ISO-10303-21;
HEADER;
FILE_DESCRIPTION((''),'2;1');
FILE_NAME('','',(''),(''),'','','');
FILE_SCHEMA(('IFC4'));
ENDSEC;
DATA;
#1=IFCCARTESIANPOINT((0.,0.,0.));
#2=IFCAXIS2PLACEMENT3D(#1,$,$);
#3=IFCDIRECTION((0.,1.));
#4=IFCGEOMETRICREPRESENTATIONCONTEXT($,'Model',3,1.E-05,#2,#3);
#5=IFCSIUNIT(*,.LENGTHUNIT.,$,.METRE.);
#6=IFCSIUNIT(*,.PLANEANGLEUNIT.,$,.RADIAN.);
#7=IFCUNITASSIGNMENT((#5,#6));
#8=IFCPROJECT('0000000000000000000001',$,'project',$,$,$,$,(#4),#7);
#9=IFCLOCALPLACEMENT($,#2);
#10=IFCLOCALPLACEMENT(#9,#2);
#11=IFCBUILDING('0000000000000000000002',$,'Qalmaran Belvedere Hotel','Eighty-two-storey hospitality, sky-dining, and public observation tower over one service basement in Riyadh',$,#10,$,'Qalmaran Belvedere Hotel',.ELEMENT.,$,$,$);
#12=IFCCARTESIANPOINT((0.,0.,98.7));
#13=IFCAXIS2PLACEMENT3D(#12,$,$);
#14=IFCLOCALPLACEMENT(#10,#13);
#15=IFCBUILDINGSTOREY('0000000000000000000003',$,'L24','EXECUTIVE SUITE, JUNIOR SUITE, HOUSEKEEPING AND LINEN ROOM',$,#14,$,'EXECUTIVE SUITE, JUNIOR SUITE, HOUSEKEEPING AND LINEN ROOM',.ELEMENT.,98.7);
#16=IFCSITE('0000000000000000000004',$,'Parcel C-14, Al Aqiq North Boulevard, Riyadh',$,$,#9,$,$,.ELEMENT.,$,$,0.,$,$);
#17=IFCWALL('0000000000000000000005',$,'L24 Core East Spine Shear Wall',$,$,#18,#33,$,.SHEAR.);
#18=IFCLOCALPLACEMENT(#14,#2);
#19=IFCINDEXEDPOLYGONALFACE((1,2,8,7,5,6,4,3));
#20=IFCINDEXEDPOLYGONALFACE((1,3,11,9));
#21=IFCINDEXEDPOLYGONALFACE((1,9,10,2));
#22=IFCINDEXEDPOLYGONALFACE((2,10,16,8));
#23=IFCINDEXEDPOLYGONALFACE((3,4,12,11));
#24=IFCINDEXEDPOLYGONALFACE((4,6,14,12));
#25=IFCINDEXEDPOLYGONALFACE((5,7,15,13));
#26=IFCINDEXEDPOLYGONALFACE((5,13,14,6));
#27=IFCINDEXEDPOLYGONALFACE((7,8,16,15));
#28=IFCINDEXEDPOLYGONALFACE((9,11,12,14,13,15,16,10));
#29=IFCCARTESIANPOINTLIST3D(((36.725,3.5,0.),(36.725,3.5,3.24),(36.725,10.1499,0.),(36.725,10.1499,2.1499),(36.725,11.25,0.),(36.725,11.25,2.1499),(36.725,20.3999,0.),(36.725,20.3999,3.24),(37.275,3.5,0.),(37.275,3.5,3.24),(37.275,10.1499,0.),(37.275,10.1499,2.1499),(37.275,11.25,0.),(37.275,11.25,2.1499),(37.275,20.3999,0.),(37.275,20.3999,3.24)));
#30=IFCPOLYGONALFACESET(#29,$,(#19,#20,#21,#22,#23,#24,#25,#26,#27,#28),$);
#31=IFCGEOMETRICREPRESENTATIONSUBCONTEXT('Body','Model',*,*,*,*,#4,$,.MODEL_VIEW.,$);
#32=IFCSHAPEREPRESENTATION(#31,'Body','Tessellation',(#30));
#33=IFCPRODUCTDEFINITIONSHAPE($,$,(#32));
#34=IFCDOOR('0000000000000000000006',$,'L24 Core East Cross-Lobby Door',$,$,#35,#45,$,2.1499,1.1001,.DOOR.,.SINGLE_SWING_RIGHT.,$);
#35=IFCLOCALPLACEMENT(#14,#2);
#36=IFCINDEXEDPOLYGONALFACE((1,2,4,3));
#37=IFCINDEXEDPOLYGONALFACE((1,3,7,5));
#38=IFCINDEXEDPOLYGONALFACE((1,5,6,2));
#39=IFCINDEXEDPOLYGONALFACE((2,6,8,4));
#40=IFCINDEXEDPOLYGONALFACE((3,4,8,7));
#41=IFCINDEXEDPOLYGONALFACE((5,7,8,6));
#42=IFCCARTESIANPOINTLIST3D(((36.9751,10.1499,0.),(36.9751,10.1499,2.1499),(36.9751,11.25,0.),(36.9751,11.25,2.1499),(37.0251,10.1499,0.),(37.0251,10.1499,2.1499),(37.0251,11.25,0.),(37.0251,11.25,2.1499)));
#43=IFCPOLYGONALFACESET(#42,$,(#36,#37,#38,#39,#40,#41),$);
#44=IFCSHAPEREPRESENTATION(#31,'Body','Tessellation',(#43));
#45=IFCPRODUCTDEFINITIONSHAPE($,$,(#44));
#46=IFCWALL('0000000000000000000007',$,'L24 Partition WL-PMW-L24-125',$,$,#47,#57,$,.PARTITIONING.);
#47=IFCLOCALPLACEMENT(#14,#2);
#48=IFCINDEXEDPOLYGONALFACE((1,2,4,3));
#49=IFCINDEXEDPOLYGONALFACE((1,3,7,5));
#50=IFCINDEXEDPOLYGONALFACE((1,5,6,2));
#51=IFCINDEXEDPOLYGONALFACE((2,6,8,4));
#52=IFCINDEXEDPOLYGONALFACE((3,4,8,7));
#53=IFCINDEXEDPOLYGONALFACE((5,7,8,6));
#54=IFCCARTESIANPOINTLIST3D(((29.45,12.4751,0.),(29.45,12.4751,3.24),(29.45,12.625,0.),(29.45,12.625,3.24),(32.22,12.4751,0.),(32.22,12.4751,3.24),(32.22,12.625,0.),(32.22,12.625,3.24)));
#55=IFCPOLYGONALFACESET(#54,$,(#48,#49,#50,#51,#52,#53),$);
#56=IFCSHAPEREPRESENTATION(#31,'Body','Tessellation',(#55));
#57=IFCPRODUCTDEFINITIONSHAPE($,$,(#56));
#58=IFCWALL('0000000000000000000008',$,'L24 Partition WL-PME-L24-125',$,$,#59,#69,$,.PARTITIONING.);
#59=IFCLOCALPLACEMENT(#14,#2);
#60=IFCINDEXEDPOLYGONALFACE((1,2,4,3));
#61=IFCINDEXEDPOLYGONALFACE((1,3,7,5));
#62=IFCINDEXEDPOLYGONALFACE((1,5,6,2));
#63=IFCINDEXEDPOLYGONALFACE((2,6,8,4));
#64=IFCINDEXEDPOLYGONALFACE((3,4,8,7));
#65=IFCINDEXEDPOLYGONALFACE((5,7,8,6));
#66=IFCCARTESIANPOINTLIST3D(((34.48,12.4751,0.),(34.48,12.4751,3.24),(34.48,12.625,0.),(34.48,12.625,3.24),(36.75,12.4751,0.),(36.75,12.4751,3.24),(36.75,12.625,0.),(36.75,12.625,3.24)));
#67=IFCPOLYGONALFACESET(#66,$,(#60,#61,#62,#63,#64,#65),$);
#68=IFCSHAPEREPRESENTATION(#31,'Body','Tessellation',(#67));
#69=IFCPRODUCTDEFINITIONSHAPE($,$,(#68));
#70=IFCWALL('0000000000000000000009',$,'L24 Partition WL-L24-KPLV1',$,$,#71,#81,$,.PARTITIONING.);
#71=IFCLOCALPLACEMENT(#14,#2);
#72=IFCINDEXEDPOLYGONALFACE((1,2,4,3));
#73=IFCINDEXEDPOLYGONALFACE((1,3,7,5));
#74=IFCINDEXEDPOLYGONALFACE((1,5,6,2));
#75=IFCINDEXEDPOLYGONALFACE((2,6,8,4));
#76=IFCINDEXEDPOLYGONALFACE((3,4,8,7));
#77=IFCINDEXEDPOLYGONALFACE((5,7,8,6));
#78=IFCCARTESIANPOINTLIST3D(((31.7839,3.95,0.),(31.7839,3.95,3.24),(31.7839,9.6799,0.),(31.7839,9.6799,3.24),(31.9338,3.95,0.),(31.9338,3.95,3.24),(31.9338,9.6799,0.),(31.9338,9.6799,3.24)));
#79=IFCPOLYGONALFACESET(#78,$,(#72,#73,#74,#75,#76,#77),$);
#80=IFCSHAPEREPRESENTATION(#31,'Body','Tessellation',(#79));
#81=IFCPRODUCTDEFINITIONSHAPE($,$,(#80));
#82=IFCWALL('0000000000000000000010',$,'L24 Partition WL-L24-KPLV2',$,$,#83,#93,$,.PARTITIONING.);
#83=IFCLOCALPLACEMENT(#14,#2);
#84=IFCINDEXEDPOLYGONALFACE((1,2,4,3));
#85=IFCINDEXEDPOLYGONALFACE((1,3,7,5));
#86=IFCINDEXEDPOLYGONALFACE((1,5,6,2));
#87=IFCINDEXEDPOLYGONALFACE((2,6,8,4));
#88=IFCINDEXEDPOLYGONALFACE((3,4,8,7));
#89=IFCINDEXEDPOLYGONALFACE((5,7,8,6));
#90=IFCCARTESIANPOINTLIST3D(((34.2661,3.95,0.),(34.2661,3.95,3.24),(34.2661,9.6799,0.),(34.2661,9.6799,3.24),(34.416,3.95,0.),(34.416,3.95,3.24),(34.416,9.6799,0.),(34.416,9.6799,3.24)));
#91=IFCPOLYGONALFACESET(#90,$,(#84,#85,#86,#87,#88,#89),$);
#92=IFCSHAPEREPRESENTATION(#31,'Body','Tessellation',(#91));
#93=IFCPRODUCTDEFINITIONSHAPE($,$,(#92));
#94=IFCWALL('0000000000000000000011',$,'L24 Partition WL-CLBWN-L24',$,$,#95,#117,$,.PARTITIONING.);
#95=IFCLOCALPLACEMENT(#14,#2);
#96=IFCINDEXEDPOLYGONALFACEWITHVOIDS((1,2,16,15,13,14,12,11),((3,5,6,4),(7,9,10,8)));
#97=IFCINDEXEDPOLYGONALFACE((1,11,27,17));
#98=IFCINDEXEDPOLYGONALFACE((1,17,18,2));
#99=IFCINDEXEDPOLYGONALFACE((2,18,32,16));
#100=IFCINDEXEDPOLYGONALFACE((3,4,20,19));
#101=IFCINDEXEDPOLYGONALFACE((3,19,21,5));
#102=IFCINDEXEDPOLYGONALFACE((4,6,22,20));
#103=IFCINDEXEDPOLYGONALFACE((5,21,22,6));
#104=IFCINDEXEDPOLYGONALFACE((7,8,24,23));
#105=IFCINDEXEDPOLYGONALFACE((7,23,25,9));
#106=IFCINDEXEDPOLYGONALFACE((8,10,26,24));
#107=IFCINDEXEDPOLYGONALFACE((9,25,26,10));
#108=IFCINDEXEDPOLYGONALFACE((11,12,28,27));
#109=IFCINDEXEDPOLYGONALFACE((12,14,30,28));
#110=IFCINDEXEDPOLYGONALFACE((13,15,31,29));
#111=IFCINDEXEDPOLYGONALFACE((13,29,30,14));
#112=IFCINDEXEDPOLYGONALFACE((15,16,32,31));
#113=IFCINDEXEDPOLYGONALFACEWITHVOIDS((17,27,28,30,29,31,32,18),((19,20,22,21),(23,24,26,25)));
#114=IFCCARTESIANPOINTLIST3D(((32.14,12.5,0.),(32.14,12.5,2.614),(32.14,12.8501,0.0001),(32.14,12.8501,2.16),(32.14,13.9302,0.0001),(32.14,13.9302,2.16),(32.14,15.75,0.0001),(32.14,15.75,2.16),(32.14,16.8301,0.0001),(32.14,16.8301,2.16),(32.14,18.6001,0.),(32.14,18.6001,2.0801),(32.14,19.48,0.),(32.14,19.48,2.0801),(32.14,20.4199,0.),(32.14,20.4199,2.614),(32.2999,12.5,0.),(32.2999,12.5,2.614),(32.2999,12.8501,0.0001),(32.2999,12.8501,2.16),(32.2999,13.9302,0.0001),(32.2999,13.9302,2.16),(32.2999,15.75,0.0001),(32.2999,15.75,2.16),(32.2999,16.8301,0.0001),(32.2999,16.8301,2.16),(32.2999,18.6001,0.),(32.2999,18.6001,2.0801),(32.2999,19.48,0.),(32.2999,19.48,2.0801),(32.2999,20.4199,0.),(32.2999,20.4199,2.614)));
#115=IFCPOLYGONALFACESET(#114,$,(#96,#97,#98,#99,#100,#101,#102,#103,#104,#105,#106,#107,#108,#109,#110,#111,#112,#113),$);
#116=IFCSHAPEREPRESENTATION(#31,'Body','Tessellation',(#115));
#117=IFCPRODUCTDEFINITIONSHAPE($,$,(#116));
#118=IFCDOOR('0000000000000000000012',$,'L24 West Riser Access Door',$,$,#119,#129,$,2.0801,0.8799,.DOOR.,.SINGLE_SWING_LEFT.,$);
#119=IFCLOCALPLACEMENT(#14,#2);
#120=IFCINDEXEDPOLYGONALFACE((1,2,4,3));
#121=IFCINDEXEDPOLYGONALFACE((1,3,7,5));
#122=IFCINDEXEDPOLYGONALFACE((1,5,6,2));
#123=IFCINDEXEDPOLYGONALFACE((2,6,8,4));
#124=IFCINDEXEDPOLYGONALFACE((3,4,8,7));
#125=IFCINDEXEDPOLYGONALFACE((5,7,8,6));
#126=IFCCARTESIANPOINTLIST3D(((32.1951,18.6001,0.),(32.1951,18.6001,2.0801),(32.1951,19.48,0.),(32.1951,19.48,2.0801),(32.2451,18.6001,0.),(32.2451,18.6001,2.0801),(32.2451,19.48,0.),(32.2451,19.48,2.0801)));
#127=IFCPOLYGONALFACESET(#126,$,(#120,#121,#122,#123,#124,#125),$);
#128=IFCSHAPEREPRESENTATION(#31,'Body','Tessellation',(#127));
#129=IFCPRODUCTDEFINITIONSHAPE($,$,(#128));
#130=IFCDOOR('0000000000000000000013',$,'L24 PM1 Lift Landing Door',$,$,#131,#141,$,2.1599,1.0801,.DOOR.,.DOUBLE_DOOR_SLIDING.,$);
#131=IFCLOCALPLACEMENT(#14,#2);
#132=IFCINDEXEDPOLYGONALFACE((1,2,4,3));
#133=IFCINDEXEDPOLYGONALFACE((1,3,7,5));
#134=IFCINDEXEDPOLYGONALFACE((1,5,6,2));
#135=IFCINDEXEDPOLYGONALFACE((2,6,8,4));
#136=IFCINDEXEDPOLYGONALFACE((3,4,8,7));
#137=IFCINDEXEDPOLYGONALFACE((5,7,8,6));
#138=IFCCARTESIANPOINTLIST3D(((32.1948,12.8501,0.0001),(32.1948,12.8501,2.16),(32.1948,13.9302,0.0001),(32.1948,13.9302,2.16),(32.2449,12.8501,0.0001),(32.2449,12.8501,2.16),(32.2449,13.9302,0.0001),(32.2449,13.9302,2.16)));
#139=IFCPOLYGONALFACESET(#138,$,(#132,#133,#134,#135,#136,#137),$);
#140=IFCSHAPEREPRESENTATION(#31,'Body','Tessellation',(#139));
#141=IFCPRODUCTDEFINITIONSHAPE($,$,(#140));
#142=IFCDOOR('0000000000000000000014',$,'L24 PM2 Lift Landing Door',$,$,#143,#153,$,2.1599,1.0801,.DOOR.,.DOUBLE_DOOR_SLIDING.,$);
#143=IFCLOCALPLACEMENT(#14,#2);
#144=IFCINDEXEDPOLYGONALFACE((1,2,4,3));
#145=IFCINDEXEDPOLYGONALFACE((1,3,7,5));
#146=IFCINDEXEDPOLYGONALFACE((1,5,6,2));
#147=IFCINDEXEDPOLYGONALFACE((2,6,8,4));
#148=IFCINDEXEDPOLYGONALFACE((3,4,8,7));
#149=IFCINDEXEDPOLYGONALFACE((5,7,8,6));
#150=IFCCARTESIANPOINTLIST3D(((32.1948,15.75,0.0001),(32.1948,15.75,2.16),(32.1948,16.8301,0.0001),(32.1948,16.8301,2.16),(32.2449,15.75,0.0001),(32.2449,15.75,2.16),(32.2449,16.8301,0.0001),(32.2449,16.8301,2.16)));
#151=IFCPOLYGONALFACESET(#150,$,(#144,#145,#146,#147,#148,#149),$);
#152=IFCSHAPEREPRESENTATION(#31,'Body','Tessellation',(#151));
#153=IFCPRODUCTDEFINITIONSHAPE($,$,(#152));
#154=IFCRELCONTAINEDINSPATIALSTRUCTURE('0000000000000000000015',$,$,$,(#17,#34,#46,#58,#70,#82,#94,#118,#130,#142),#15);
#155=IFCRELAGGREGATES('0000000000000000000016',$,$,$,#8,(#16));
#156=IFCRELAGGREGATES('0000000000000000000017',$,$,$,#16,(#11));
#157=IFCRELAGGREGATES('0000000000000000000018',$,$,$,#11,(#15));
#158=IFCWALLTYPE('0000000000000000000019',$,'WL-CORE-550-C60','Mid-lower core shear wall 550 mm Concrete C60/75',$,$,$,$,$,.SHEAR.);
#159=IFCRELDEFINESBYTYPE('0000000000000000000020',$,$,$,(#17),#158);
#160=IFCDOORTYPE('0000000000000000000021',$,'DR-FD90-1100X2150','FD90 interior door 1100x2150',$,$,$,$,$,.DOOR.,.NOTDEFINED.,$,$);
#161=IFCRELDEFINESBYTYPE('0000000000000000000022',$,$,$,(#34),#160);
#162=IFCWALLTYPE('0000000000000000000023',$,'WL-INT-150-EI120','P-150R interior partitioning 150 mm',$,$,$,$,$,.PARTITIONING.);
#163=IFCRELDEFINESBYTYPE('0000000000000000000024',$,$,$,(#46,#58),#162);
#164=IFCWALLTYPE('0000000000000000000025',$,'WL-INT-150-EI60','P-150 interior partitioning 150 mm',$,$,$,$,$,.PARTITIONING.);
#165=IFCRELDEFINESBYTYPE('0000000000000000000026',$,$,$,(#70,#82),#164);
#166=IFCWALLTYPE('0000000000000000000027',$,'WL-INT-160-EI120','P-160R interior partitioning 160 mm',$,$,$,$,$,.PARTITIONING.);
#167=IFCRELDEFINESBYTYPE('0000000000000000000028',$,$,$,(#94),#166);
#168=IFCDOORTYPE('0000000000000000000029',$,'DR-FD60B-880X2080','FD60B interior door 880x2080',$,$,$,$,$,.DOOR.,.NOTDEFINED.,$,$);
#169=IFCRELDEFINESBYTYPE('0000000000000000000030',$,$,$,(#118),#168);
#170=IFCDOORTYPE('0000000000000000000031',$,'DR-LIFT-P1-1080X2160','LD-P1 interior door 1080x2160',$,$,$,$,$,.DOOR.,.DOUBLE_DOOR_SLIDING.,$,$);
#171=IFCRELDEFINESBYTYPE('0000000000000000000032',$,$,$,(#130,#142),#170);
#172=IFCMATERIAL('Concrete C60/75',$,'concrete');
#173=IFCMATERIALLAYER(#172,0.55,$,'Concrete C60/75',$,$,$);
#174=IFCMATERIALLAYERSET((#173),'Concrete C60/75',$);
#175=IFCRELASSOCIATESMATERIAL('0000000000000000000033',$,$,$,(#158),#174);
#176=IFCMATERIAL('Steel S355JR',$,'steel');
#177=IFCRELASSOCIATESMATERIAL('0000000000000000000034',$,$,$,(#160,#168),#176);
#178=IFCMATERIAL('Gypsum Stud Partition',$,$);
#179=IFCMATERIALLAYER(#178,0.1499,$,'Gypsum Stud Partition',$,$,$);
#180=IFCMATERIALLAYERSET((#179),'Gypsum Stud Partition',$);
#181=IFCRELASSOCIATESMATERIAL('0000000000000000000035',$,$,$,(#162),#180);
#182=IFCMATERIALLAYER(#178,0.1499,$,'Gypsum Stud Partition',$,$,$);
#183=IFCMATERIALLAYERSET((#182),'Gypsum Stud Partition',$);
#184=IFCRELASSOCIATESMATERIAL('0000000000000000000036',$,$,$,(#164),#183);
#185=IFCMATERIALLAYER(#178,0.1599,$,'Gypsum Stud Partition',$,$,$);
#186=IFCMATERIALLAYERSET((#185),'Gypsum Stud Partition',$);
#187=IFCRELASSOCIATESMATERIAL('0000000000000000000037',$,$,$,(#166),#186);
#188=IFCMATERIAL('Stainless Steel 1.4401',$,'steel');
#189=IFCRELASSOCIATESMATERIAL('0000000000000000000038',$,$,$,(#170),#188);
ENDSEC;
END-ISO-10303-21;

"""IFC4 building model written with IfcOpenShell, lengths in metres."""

from ifc_helpers import new_model, si_unit, direction, frame, frame_2d, origin, place, context, subcontext, project, spatial, rectangle, extrude, material, layer, layer_set, type_object, element, fill, save


model = new_model("IFC4")

# Units and contexts
model_context = context("Model", 3, precision=1e-05, world=origin(), true_north=direction((0.0, 1.0)))
body_context = subcontext(model_context, "Body", "Model", "MODEL_VIEW")
ifc_project = project(units=[si_unit("LENGTHUNIT", "METRE"), si_unit("PLANEANGLEUNIT", "RADIAN")], contexts=[model_context])

# Site, building, storey
site_placement = place(None, origin())
site = spatial("IfcSite", under=ifc_project, at=site_placement, Name="Parcel C-14, Al Aqiq North Boulevard, Riyadh", CompositionType="ELEMENT", RefElevation=0.0)
building_placement = place(site_placement, origin())
building = spatial("IfcBuilding", under=site, at=building_placement, Name="Qalmaran Belvedere Hotel", Description="Eighty-two-storey hospitality, sky-dining, and public observation tower over one service basement in Riyadh", LongName="Qalmaran Belvedere Hotel", CompositionType="ELEMENT")
storey_placement = place(building_placement, frame((0.0, 0.0, 98.7)))
storey = spatial("IfcBuildingStorey", under=building, at=storey_placement, Name="L24", Description="EXECUTIVE SUITE, JUNIOR SUITE, HOUSEKEEPING AND LINEN ROOM", LongName="EXECUTIVE SUITE, JUNIOR SUITE, HOUSEKEEPING AND LINEN ROOM", CompositionType="ELEMENT", Elevation=98.7)

# Wall, opening, door
ifc_material_1 = material(Name="Concrete C60/75", Category="concrete")
ifc_layer_1 = layer(ifc_material_1, 0.55, Name="Concrete C60/75")
ifc_layer_set_1 = layer_set([ifc_layer_1], Name="Concrete C60/75")
wall_type_1 = type_object("IfcWallType", Name="WL-CORE-550-C60", Description="Mid-lower core shear wall 550 mm Concrete C60/75", PredefinedType="SHEAR", material=ifc_layer_set_1)
wall_1_placement = place(storey_placement, frame((37.0, 3.5, 0.0), z_axis=(0.0, 0.0, 1.0), x_axis=(0.0, 1.0, 0.0)))
wall_1 = element("IfcWall", 1, at=wall_1_placement, inside=storey, type_object=wall_type_1, Name="L24 Core East Spine Shear Wall", PredefinedType="SHEAR", context=body_context, shape_type="SweptSolid", body=[
    extrude(rectangle(XDim=16.8999, YDim=0.55, at=frame_2d((8.45, 0.0))), origin(), (0.0, 0.0, 1.0), 3.24),
])
opening_1_placement = place(wall_1_placement, frame((6.6499, 0.0, 0.0)))
opening_1 = element("IfcOpeningElement", 2, at=opening_1_placement, cuts=wall_1, PredefinedType="OPENING", context=body_context, shape_type="SweptSolid", body=[
    extrude(rectangle(XDim=1.1001, YDim=2.1499, at=frame_2d((0.55, 1.075))), frame((0.0, 0.2852, 0.0), z_axis=(0.0, -1.0, 0.0), x_axis=(1.0, 0.0, 0.0)), (0.0, 0.0, 1.0), 0.5701),
])
ifc_material_2 = material(Name="Steel S355JR", Category="steel")
door_type_1 = type_object("IfcDoorType", Name="DR-FD90-1100X2150", Description="FD90 interior door 1100x2150", OperationType="NOTDEFINED", PredefinedType="DOOR", material=ifc_material_2)
door_1_placement = place(opening_1_placement, origin())
door_1 = element("IfcDoor", 3, at=door_1_placement, inside=storey, type_object=door_type_1, Name="L24 Core East Cross-Lobby Door", OperationType="SINGLE_SWING_RIGHT", OverallHeight=2.1499, OverallWidth=1.1001, PredefinedType="DOOR", context=body_context, shape_type="SweptSolid", body=[
    extrude(rectangle(XDim=1.1001, YDim=2.1499, at=frame_2d((0.55, 1.075))), frame((0.0, 0.0249, 0.0), z_axis=(0.0, -1.0, 0.0), x_axis=(1.0, 0.0, 0.0)), (0.0, 0.0, 1.0), 0.05),
])
fill(opening_1, door_1)

# Walls
ifc_material_3 = material(Name="Gypsum Stud Partition")
ifc_layer_2 = layer(ifc_material_3, 0.1499, Name="Gypsum Stud Partition")
ifc_layer_set_2 = layer_set([ifc_layer_2], Name="Gypsum Stud Partition")
wall_type_2 = type_object("IfcWallType", Name="WL-INT-150-EI120", Description="P-150R interior partitioning 150 mm", PredefinedType="PARTITIONING", material=ifc_layer_set_2)
wall_2_placement = place(storey_placement, frame((29.45, 12.55, 0.0), z_axis=(0.0, 0.0, 1.0), x_axis=(1.0, 0.0, 0.0)))
element("IfcWall", 4, at=wall_2_placement, inside=storey, type_object=wall_type_2, Name="L24 Partition WL-PMW-L24-125", PredefinedType="PARTITIONING", context=body_context, shape_type="SweptSolid", body=[
    extrude(rectangle(XDim=2.77, YDim=0.1499, at=frame_2d((1.385, 0.0))), origin(), (0.0, 0.0, 1.0), 3.24),
])
wall_3_placement = place(storey_placement, frame((34.48, 12.55, 0.0), z_axis=(0.0, 0.0, 1.0), x_axis=(1.0, 0.0, 0.0)))
element("IfcWall", 5, at=wall_3_placement, inside=storey, type_object=wall_type_2, Name="L24 Partition WL-PME-L24-125", PredefinedType="PARTITIONING", context=body_context, shape_type="SweptSolid", body=[
    extrude(rectangle(XDim=2.27, YDim=0.1499, at=frame_2d((1.135, 0.0))), origin(), (0.0, 0.0, 1.0), 3.24),
])
ifc_layer_3 = layer(ifc_material_3, 0.1499, Name="Gypsum Stud Partition")
ifc_layer_set_3 = layer_set([ifc_layer_3], Name="Gypsum Stud Partition")
wall_type_3 = type_object("IfcWallType", Name="WL-INT-150-EI60", Description="P-150 interior partitioning 150 mm", PredefinedType="PARTITIONING", material=ifc_layer_set_3)
for number, where, z_axis, x_axis, name in (
    (6, (31.8589, 3.95, 0.0), (0.0, 0.0, 1.0), (0.0, 1.0, 0.0), "L24 Partition WL-L24-KPLV1"),
    (7, (34.3411, 3.95, 0.0), (0.0, 0.0, 1.0), (0.0, 1.0, 0.0), "L24 Partition WL-L24-KPLV2"),
):
    element("IfcWall", number, at=place(storey_placement, frame(where, z_axis=z_axis, x_axis=x_axis)), inside=storey, type_object=wall_type_3, Name=name, PredefinedType="PARTITIONING", context=body_context, shape_type="SweptSolid", body=[
        extrude(rectangle(XDim=5.73, YDim=0.1499, at=frame_2d((2.865, 0.0))), origin(), (0.0, 0.0, 1.0), 3.24),
    ])

# Wall, openings, doors
ifc_layer_4 = layer(ifc_material_3, 0.1599, Name="Gypsum Stud Partition")
ifc_layer_set_4 = layer_set([ifc_layer_4], Name="Gypsum Stud Partition")
wall_type_4 = type_object("IfcWallType", Name="WL-INT-160-EI120", Description="P-160R interior partitioning 160 mm", PredefinedType="PARTITIONING", material=ifc_layer_set_4)
wall_4_placement = place(storey_placement, frame((32.22, 12.5, 0.0), z_axis=(0.0, 0.0, 1.0), x_axis=(0.0, 1.0, 0.0)))
wall_4 = element("IfcWall", 8, at=wall_4_placement, inside=storey, type_object=wall_type_4, Name="L24 Partition WL-CLBWN-L24", PredefinedType="PARTITIONING", context=body_context, shape_type="SweptSolid", body=[
    extrude(rectangle(XDim=7.9199, YDim=0.1599, at=frame_2d((3.96, 0.0))), origin(), (0.0, 0.0, 1.0), 2.614),
])
opening_2_placement = place(wall_4_placement, frame((1.4302, 0.0, 0.0), z_axis=(0.0, 0.0, 1.0), x_axis=(-1.0, 0.0, 0.0)))
opening_2 = element("IfcOpeningElement", 9, at=opening_2_placement, cuts=wall_4, PredefinedType="OPENING", context=body_context, shape_type="SweptSolid", body=[
    extrude(rectangle(XDim=1.0801, YDim=2.1599, at=frame_2d((0.54, 1.0801))), frame((0.0, 0.0898, 0.0), z_axis=(0.0, -1.0, 0.0), x_axis=(1.0, 0.0, 0.0)), (0.0, 0.0, 1.0), 0.1799),
])
opening_3_placement = place(wall_4_placement, frame((4.3301, 0.0, 0.0), z_axis=(0.0, 0.0, 1.0), x_axis=(-1.0, 0.0, 0.0)))
opening_3 = element("IfcOpeningElement", 10, at=opening_3_placement, cuts=wall_4, PredefinedType="OPENING", context=body_context, shape_type="SweptSolid", body=[
    extrude(rectangle(XDim=1.0801, YDim=2.1599, at=frame_2d((0.54, 1.0801))), frame((0.0, 0.0898, 0.0), z_axis=(0.0, -1.0, 0.0), x_axis=(1.0, 0.0, 0.0)), (0.0, 0.0, 1.0), 0.1799),
])
opening_4_placement = place(wall_4_placement, frame((6.1001, 0.0, 0.0)))
opening_4 = element("IfcOpeningElement", 11, at=opening_4_placement, cuts=wall_4, PredefinedType="OPENING", context=body_context, shape_type="SweptSolid", body=[
    extrude(rectangle(XDim=0.8799, YDim=2.0801, at=frame_2d((0.4399, 1.04))), frame((0.0, 0.0898, 0.0), z_axis=(0.0, -1.0, 0.0), x_axis=(1.0, 0.0, 0.0)), (0.0, 0.0, 1.0), 0.1799),
])
door_type_2 = type_object("IfcDoorType", Name="DR-FD60B-880X2080", Description="FD60B interior door 880x2080", OperationType="NOTDEFINED", PredefinedType="DOOR", material=ifc_material_2)
door_2_placement = place(opening_4_placement, origin())
door_2 = element("IfcDoor", 12, at=door_2_placement, inside=storey, type_object=door_type_2, Name="L24 West Riser Access Door", OperationType="SINGLE_SWING_LEFT", OverallHeight=2.0801, OverallWidth=0.8799, PredefinedType="DOOR", context=body_context, shape_type="SweptSolid", body=[
    extrude(rectangle(XDim=0.8799, YDim=2.0801, at=frame_2d((0.4399, 1.04))), frame((0.0, 0.0249, 0.0), z_axis=(0.0, -1.0, 0.0), x_axis=(1.0, 0.0, 0.0)), (0.0, 0.0, 1.0), 0.05),
])
fill(opening_4, door_2)
ifc_material_4 = material(Name="Stainless Steel 1.4401", Category="steel")
door_type_3 = type_object("IfcDoorType", Name="DR-LIFT-P1-1080X2160", Description="LD-P1 interior door 1080x2160", OperationType="DOUBLE_DOOR_SLIDING", PredefinedType="DOOR", material=ifc_material_4)
door_3_placement = place(opening_2_placement, origin())
door_3 = element("IfcDoor", 13, at=door_3_placement, inside=storey, type_object=door_type_3, Name="L24 PM1 Lift Landing Door", OperationType="DOUBLE_DOOR_SLIDING", OverallHeight=2.1599, OverallWidth=1.0801, PredefinedType="DOOR", context=body_context, shape_type="SweptSolid", body=[
    extrude(rectangle(XDim=1.0801, YDim=2.1599, at=frame_2d((0.54, 1.0801))), frame((0.0, 0.0249, 0.0), z_axis=(0.0, -1.0, 0.0), x_axis=(1.0, 0.0, 0.0)), (0.0, 0.0, 1.0), 0.05),
])
fill(opening_2, door_3)
door_4_placement = place(opening_3_placement, origin())
door_4 = element("IfcDoor", 14, at=door_4_placement, inside=storey, type_object=door_type_3, Name="L24 PM2 Lift Landing Door", OperationType="DOUBLE_DOOR_SLIDING", OverallHeight=2.1599, OverallWidth=1.0801, PredefinedType="DOOR", context=body_context, shape_type="SweptSolid", body=[
    extrude(rectangle(XDim=1.0801, YDim=2.1599, at=frame_2d((0.54, 1.0801))), frame((0.0, 0.0249, 0.0), z_axis=(0.0, -1.0, 0.0), x_axis=(1.0, 0.0, 0.0)), (0.0, 0.0, 1.0), 0.05),
])
fill(opening_3, door_4)

save(model, "model.ifc")
